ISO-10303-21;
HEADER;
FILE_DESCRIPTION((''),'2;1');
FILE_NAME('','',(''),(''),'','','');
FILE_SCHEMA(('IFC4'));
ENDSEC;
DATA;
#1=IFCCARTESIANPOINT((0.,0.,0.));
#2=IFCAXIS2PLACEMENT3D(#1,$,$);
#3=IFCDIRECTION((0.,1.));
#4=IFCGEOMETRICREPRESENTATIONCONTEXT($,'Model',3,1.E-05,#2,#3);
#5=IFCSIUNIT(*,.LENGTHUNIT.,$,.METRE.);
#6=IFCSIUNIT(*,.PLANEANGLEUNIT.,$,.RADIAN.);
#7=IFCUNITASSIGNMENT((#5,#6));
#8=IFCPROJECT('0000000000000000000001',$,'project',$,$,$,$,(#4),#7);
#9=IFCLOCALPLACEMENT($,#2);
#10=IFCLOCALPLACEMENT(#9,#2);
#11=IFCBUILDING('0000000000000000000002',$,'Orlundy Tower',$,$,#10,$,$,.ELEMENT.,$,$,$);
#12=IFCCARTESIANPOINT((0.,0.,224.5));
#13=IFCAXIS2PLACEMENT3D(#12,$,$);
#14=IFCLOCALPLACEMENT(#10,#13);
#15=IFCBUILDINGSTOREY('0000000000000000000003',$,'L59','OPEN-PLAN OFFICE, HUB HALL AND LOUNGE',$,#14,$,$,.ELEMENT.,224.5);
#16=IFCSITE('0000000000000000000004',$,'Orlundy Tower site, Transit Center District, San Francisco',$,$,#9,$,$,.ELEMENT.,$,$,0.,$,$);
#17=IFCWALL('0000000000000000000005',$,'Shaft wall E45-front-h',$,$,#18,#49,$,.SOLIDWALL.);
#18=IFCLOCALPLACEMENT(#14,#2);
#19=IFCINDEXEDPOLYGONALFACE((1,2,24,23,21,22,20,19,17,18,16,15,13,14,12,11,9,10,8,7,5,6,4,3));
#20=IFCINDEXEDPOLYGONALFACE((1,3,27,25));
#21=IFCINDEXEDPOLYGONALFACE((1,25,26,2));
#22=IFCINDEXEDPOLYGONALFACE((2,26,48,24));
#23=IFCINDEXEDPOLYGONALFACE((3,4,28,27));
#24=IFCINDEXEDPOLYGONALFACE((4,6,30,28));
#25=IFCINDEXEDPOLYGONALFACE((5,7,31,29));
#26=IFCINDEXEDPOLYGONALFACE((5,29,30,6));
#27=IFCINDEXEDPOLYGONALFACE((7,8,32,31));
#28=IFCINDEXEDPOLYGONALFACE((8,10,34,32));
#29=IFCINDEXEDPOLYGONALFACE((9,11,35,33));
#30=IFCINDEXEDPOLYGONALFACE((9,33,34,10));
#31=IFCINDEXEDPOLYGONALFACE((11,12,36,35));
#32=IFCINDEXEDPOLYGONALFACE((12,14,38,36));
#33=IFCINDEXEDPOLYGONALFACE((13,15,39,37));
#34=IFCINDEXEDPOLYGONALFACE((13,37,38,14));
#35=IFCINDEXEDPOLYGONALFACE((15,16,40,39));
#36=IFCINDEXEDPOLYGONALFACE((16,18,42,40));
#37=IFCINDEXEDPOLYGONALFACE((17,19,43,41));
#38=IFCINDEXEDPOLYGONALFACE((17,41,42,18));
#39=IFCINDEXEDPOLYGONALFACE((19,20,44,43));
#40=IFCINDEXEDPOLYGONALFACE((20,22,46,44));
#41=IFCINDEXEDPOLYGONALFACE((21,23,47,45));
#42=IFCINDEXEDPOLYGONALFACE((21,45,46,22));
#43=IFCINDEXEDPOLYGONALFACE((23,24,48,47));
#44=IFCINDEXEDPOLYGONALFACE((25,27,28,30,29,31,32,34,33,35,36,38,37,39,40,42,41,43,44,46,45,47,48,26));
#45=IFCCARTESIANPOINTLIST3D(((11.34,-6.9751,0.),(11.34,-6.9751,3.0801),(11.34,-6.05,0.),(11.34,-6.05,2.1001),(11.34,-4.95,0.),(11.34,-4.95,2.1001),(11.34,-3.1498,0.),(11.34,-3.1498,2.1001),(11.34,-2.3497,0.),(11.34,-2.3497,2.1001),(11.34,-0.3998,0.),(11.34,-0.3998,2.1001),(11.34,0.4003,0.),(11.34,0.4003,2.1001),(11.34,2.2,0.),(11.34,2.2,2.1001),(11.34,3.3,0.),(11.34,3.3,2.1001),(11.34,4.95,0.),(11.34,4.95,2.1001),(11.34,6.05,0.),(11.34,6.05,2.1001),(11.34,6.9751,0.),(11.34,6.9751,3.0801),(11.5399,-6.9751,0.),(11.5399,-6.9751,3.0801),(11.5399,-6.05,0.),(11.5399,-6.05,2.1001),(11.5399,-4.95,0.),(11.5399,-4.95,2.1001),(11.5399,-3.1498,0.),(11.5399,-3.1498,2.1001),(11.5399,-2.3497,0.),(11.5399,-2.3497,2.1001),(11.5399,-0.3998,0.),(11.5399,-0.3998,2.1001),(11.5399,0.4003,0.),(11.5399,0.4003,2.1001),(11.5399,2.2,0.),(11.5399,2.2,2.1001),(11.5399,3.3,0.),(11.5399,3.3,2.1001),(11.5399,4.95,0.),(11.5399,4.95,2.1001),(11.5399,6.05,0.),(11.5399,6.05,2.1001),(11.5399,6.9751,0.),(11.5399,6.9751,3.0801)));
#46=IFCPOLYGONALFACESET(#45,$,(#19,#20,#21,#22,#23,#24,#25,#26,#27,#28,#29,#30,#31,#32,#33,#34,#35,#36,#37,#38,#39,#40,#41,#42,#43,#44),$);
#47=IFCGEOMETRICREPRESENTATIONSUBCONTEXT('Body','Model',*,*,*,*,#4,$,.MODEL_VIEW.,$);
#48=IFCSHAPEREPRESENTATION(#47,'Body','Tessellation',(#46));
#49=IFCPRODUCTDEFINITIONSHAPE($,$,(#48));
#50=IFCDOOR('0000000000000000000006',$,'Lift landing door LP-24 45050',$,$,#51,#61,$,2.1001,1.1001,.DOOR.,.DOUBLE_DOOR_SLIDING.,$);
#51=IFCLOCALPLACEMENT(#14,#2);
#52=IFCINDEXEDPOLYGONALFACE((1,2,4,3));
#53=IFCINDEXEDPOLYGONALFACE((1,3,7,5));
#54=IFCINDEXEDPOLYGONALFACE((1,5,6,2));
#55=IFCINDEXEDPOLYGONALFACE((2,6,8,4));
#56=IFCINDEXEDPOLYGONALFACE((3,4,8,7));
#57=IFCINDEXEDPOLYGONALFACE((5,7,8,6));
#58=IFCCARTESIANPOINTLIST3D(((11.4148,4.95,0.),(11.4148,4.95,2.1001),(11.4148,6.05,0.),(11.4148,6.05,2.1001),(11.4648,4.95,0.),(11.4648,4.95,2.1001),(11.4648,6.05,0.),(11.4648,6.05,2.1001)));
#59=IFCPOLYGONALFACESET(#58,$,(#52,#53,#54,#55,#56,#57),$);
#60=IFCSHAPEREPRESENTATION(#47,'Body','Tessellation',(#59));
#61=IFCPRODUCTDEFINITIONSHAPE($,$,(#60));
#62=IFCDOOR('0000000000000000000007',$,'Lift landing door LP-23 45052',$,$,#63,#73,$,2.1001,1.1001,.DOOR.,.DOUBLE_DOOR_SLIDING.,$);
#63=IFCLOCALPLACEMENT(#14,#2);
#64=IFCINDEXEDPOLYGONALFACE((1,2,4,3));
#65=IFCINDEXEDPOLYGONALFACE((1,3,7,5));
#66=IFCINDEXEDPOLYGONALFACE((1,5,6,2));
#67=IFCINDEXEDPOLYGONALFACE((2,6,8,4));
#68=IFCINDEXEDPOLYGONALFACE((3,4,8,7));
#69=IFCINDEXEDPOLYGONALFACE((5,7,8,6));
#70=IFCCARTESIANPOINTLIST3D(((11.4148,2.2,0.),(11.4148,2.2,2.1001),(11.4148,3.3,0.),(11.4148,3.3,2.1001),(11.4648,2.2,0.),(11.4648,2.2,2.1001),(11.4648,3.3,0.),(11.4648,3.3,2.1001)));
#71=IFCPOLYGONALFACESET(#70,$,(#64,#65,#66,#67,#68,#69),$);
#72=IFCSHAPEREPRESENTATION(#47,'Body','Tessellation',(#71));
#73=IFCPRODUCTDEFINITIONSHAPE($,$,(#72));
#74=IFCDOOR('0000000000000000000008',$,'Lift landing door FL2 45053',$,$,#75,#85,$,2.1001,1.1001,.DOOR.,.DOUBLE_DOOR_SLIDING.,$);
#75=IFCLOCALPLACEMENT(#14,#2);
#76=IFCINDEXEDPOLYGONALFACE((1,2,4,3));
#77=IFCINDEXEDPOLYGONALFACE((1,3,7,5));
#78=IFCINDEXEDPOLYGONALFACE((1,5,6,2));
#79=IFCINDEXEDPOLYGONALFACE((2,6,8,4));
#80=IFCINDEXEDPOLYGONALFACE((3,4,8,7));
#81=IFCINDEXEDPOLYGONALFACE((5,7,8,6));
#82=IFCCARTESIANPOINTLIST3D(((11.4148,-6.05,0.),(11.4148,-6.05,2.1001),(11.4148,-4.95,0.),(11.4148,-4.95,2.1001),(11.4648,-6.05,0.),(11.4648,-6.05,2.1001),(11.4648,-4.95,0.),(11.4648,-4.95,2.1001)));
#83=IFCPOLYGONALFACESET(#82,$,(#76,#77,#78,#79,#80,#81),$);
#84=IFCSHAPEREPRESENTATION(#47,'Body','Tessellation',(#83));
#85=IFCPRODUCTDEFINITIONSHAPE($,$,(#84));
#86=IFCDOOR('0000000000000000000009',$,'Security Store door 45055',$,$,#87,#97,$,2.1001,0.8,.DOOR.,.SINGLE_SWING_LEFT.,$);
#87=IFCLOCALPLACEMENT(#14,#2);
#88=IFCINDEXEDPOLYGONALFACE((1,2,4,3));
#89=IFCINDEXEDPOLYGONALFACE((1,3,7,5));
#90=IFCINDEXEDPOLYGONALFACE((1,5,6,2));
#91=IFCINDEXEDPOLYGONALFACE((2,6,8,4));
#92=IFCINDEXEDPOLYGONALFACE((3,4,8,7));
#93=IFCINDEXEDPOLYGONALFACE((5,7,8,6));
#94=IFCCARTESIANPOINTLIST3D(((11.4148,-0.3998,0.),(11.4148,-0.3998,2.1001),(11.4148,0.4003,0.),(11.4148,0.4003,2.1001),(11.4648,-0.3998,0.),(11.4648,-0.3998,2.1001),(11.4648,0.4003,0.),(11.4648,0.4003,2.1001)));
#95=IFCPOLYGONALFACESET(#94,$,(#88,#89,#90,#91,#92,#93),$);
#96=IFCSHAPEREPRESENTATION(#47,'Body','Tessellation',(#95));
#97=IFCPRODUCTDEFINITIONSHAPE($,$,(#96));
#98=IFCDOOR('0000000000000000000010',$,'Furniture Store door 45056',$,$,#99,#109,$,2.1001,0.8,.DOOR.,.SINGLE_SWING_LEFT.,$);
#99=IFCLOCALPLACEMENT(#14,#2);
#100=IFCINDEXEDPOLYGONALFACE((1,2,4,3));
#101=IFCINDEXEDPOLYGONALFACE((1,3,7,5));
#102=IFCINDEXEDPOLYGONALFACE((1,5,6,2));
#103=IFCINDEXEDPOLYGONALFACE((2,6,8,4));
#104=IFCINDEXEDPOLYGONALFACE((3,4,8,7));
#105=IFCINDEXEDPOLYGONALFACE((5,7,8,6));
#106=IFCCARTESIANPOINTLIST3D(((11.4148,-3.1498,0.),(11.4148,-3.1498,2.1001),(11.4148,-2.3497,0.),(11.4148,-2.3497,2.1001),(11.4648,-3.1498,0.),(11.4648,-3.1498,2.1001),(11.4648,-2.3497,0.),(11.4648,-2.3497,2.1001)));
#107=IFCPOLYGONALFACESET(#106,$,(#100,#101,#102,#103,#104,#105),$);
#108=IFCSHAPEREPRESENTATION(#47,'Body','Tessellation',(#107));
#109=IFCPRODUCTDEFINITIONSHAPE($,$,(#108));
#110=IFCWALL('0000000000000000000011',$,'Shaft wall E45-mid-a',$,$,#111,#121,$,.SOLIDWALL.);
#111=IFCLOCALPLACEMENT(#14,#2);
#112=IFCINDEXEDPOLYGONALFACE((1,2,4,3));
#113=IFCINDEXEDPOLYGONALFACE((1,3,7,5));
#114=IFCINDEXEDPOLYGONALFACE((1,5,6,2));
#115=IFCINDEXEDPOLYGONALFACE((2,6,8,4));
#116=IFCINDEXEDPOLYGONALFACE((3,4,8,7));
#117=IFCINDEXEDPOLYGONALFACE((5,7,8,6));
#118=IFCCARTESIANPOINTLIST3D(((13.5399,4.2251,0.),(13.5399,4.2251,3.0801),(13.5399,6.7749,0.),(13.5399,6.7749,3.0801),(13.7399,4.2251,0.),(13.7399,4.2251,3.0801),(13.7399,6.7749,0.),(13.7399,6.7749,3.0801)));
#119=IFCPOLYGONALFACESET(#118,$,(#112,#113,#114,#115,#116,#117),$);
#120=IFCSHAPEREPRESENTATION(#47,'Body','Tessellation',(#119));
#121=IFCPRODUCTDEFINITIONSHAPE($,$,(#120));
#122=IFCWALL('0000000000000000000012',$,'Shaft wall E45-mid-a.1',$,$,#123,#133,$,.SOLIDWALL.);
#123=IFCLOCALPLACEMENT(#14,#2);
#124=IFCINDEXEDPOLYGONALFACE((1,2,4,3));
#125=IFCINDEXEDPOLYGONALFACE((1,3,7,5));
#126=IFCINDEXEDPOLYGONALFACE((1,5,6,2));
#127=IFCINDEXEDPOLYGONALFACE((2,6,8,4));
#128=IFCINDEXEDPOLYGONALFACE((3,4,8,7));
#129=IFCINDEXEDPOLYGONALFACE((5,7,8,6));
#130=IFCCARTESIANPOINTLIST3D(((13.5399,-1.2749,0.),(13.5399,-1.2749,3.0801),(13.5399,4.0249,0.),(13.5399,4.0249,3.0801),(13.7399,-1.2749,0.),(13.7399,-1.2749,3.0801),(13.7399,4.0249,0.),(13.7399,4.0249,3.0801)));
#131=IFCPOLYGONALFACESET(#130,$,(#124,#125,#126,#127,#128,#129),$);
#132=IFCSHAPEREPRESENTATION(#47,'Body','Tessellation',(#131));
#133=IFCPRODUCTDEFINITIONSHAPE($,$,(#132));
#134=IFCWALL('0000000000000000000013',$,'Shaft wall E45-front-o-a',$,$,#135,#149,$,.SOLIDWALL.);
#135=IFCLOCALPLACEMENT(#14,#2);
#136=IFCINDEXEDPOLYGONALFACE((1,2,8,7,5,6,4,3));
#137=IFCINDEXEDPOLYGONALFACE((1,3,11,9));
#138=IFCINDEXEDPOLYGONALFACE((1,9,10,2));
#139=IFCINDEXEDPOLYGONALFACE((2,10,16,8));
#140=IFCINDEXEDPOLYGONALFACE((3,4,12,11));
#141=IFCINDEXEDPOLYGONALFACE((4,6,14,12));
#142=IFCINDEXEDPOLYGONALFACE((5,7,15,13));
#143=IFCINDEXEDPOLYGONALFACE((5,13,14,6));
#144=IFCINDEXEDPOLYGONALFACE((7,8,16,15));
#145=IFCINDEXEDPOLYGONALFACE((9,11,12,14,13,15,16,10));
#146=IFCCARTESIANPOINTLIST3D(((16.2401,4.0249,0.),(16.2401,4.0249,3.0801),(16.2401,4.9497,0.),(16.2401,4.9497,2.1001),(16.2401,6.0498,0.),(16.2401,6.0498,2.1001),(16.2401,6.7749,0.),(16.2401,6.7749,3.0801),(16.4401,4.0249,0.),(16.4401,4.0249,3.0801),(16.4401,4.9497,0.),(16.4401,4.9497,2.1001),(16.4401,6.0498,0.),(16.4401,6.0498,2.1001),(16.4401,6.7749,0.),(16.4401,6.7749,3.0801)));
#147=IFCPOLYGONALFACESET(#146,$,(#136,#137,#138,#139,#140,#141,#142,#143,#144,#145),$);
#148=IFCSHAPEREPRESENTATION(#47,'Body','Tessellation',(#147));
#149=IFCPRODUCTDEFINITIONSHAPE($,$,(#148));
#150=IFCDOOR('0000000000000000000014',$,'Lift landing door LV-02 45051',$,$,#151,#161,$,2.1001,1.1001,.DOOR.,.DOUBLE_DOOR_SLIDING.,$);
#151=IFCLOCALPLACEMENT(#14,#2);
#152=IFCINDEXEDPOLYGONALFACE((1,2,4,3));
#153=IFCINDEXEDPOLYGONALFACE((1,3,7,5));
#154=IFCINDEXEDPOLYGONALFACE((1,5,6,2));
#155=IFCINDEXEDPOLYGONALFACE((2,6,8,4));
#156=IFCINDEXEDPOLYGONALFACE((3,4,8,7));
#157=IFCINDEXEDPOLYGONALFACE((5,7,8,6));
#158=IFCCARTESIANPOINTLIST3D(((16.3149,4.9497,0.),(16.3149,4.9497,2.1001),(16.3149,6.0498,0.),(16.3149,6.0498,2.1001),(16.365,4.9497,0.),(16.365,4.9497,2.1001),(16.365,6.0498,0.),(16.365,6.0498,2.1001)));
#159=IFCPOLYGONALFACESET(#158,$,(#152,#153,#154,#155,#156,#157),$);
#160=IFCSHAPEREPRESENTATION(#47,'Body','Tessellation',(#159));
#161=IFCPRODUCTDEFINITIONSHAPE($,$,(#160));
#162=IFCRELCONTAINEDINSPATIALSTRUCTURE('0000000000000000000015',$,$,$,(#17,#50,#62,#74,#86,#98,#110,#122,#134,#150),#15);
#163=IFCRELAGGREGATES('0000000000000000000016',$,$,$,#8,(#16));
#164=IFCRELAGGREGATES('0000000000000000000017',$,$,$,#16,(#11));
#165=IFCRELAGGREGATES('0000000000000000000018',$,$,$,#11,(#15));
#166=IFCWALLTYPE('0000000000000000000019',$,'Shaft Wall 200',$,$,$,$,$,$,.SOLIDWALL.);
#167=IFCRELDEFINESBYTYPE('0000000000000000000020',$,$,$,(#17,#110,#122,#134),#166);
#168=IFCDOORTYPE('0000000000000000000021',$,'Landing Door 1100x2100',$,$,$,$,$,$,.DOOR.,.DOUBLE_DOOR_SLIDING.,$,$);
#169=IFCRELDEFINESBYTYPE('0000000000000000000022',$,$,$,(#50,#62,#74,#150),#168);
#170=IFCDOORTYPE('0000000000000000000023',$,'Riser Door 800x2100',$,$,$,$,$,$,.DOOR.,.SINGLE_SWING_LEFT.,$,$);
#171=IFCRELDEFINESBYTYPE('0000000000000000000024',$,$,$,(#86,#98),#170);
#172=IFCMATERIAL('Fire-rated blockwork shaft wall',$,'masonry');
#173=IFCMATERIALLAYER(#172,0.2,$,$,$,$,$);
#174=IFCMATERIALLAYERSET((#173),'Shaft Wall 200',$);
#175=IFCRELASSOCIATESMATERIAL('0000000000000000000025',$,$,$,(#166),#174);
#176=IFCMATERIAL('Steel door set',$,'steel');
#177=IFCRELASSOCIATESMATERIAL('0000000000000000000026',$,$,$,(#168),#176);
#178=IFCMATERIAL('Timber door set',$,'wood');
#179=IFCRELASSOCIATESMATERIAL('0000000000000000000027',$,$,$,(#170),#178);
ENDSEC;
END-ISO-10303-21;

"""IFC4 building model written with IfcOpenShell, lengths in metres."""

from ifc_helpers import new_model, si_unit, direction, frame, frame_2d, origin, place, context, subcontext, project, spatial, rectangle, extrude, material, layer, layer_set, type_object, element, fill, save


model = new_model("IFC4")

# Units and contexts
model_context = context("Model", 3, precision=1e-05, world=origin(), true_north=direction((0.0, 1.0)))
body_context = subcontext(model_context, "Body", "Model", "MODEL_VIEW")
ifc_project = project(units=[si_unit("LENGTHUNIT", "METRE"), si_unit("PLANEANGLEUNIT", "RADIAN")], contexts=[model_context])

# Site, building, storey
site_placement = place(None, origin())
site = spatial("IfcSite", under=ifc_project, at=site_placement, Name="Orlundy Tower site, Transit Center District, San Francisco", CompositionType="ELEMENT", RefElevation=0.0)
building_placement = place(site_placement, origin())
building = spatial("IfcBuilding", under=site, at=building_placement, Name="Orlundy Tower", CompositionType="ELEMENT")
storey_placement = place(building_placement, frame((0.0, 0.0, 224.5)))
storey = spatial("IfcBuildingStorey", under=building, at=storey_placement, Name="L59", Description="OPEN-PLAN OFFICE, HUB HALL AND LOUNGE", CompositionType="ELEMENT", Elevation=224.5)

# Shared definitions
ifc_material_1 = material(Name="Fire-rated blockwork shaft wall", Category="masonry")
ifc_layer_1 = layer(ifc_material_1, 0.2)
ifc_layer_set_1 = layer_set([ifc_layer_1], Name="Shaft Wall 200")
wall_type_1 = type_object("IfcWallType", Name="Shaft Wall 200", PredefinedType="SOLIDWALL", material=ifc_layer_set_1)

# Wall, openings, doors
wall_1_placement = place(storey_placement, frame((11.4399, 6.9751, 0.0), z_axis=(0.0, 0.0, 1.0), x_axis=(0.0, -1.0, 0.0)))
wall_1 = element("IfcWall", 1, at=wall_1_placement, inside=storey, type_object=wall_type_1, Name="Shaft wall E45-front-h", PredefinedType="SOLIDWALL", context=body_context, shape_type="SweptSolid", body=[
    extrude(rectangle(XDim=13.9502, YDim=0.2, at=frame_2d((6.9751, 0.0))), origin(), (0.0, 0.0, 1.0), 3.0801),
])
opening_1_placement = place(wall_1_placement, frame((0.925, 0.0, 0.0)))
opening_1 = element("IfcOpeningElement", 2, at=opening_1_placement, cuts=wall_1, PredefinedType="OPENING", context=body_context, shape_type="SweptSolid", body=[
    extrude(rectangle(XDim=1.1001, YDim=2.1001, at=frame_2d((0.55, 1.05))), frame((0.0, 0.1101, 0.0), z_axis=(0.0, -1.0, 0.0), x_axis=(1.0, 0.0, 0.0)), (0.0, 0.0, 1.0), 0.2202),
])
opening_2_placement = place(wall_1_placement, frame((3.675, 0.0, 0.0)))
opening_2 = element("IfcOpeningElement", 3, at=opening_2_placement, cuts=wall_1, PredefinedType="OPENING", context=body_context, shape_type="SweptSolid", body=[
    extrude(rectangle(XDim=1.1001, YDim=2.1001, at=frame_2d((0.55, 1.05))), frame((0.0, 0.1101, 0.0), z_axis=(0.0, -1.0, 0.0), x_axis=(1.0, 0.0, 0.0)), (0.0, 0.0, 1.0), 0.2202),
])
opening_3_placement = place(wall_1_placement, frame((11.925, 0.0, 0.0)))
opening_3 = element("IfcOpeningElement", 4, at=opening_3_placement, cuts=wall_1, PredefinedType="OPENING", context=body_context, shape_type="SweptSolid", body=[
    extrude(rectangle(XDim=1.1001, YDim=2.1001, at=frame_2d((0.55, 1.05))), frame((0.0, 0.1101, 0.0), z_axis=(0.0, -1.0, 0.0), x_axis=(1.0, 0.0, 0.0)), (0.0, 0.0, 1.0), 0.2202),
])
opening_4_placement = place(wall_1_placement, frame((6.575, 0.0, 0.0)))
opening_4 = element("IfcOpeningElement", 5, at=opening_4_placement, cuts=wall_1, PredefinedType="OPENING", context=body_context, shape_type="SweptSolid", body=[
    extrude(rectangle(XDim=0.8, YDim=2.1001, at=frame_2d((0.3999, 1.05))), frame((0.0, 0.1101, 0.0), z_axis=(0.0, -1.0, 0.0), x_axis=(1.0, 0.0, 0.0)), (0.0, 0.0, 1.0), 0.2202),
])
opening_5_placement = place(wall_1_placement, frame((9.325, 0.0, 0.0)))
opening_5 = element("IfcOpeningElement", 6, at=opening_5_placement, cuts=wall_1, PredefinedType="OPENING", context=body_context, shape_type="SweptSolid", body=[
    extrude(rectangle(XDim=0.8, YDim=2.1001, at=frame_2d((0.3999, 1.05))), frame((0.0, 0.1101, 0.0), z_axis=(0.0, -1.0, 0.0), x_axis=(1.0, 0.0, 0.0)), (0.0, 0.0, 1.0), 0.2202),
])
ifc_material_2 = material(Name="Steel door set", Category="steel")
door_type_1 = type_object("IfcDoorType", Name="Landing Door 1100x2100", OperationType="DOUBLE_DOOR_SLIDING", PredefinedType="DOOR", material=ifc_material_2)
door_1_placement = place(opening_1_placement, origin())
door_1 = element("IfcDoor", 7, at=door_1_placement, inside=storey, type_object=door_type_1, Name="Lift landing door LP-24 45050", OperationType="DOUBLE_DOOR_SLIDING", OverallHeight=2.1001, OverallWidth=1.1001, PredefinedType="DOOR", context=body_context, shape_type="SweptSolid", body=[
    extrude(rectangle(XDim=1.1001, YDim=2.1001, at=frame_2d((0.55, 1.05))), frame((0.0, 0.0249, 0.0), z_axis=(0.0, -1.0, 0.0), x_axis=(1.0, 0.0, 0.0)), (0.0, 0.0, 1.0), 0.05),
])
fill(opening_1, door_1)
door_2_placement = place(opening_2_placement, origin())
door_2 = element("IfcDoor", 8, at=door_2_placement, inside=storey, type_object=door_type_1, Name="Lift landing door LP-23 45052", OperationType="DOUBLE_DOOR_SLIDING", OverallHeight=2.1001, OverallWidth=1.1001, PredefinedType="DOOR", context=body_context, shape_type="SweptSolid", body=[
    extrude(rectangle(XDim=1.1001, YDim=2.1001, at=frame_2d((0.55, 1.05))), frame((0.0, 0.0249, 0.0), z_axis=(0.0, -1.0, 0.0), x_axis=(1.0, 0.0, 0.0)), (0.0, 0.0, 1.0), 0.05),
])
fill(opening_2, door_2)
door_3_placement = place(opening_3_placement, origin())
door_3 = element("IfcDoor", 9, at=door_3_placement, inside=storey, type_object=door_type_1, Name="Lift landing door FL2 45053", OperationType="DOUBLE_DOOR_SLIDING", OverallHeight=2.1001, OverallWidth=1.1001, PredefinedType="DOOR", context=body_context, shape_type="SweptSolid", body=[
    extrude(rectangle(XDim=1.1001, YDim=2.1001, at=frame_2d((0.55, 1.05))), frame((0.0, 0.0249, 0.0), z_axis=(0.0, -1.0, 0.0), x_axis=(1.0, 0.0, 0.0)), (0.0, 0.0, 1.0), 0.05),
])
fill(opening_3, door_3)
ifc_material_3 = material(Name="Timber door set", Category="wood")
door_type_2 = type_object("IfcDoorType", Name="Riser Door 800x2100", OperationType="SINGLE_SWING_LEFT", PredefinedType="DOOR", material=ifc_material_3)
door_4_placement = place(opening_4_placement, origin())
door_4 = element("IfcDoor", 10, at=door_4_placement, inside=storey, type_object=door_type_2, Name="Security Store door 45055", OperationType="SINGLE_SWING_LEFT", OverallHeight=2.1001, OverallWidth=0.8, PredefinedType="DOOR", context=body_context, shape_type="SweptSolid", body=[
    extrude(rectangle(XDim=0.8, YDim=2.1001, at=frame_2d((0.3999, 1.05))), frame((0.0, 0.0249, 0.0), z_axis=(0.0, -1.0, 0.0), x_axis=(1.0, 0.0, 0.0)), (0.0, 0.0, 1.0), 0.05),
])
fill(opening_4, door_4)
door_5_placement = place(opening_5_placement, origin())
door_5 = element("IfcDoor", 11, at=door_5_placement, inside=storey, type_object=door_type_2, Name="Furniture Store door 45056", OperationType="SINGLE_SWING_LEFT", OverallHeight=2.1001, OverallWidth=0.8, PredefinedType="DOOR", context=body_context, shape_type="SweptSolid", body=[
    extrude(rectangle(XDim=0.8, YDim=2.1001, at=frame_2d((0.3999, 1.05))), frame((0.0, 0.0249, 0.0), z_axis=(0.0, -1.0, 0.0), x_axis=(1.0, 0.0, 0.0)), (0.0, 0.0, 1.0), 0.05),
])
fill(opening_5, door_5)

# Walls
wall_2_placement = place(storey_placement, frame((13.6399, 6.7749, 0.0), z_axis=(0.0, 0.0, 1.0), x_axis=(0.0, -1.0, 0.0)))
element("IfcWall", 12, at=wall_2_placement, inside=storey, type_object=wall_type_1, Name="Shaft wall E45-mid-a", PredefinedType="SOLIDWALL", context=body_context, shape_type="SweptSolid", body=[
    extrude(rectangle(XDim=2.5498, YDim=0.2, at=frame_2d((1.2749, 0.0))), origin(), (0.0, 0.0, 1.0), 3.0801),
])
wall_3_placement = place(storey_placement, frame((13.6399, 4.0249, 0.0), z_axis=(0.0, 0.0, 1.0), x_axis=(0.0, -1.0, 0.0)))
element("IfcWall", 13, at=wall_3_placement, inside=storey, type_object=wall_type_1, Name="Shaft wall E45-mid-a.1", PredefinedType="SOLIDWALL", context=body_context, shape_type="SweptSolid", body=[
    extrude(rectangle(XDim=5.2998, YDim=0.2, at=frame_2d((2.6499, 0.0))), origin(), (0.0, 0.0, 1.0), 3.0801),
])

# Wall, opening, door
wall_4_placement = place(storey_placement, frame((16.3401, 6.7749, 0.0), z_axis=(0.0, 0.0, 1.0), x_axis=(0.0, -1.0, 0.0)))
wall_4 = element("IfcWall", 14, at=wall_4_placement, inside=storey, type_object=wall_type_1, Name="Shaft wall E45-front-o-a", PredefinedType="SOLIDWALL", context=body_context, shape_type="SweptSolid", body=[
    extrude(rectangle(XDim=2.75, YDim=0.2, at=frame_2d((1.375, 0.0))), origin(), (0.0, 0.0, 1.0), 3.0801),
])
opening_6_placement = place(wall_4_placement, frame((0.7251, 0.0, 0.0)))
opening_6 = element("IfcOpeningElement", 15, at=opening_6_placement, cuts=wall_4, PredefinedType="OPENING", context=body_context, shape_type="SweptSolid", body=[
    extrude(rectangle(XDim=1.1001, YDim=2.1001, at=frame_2d((0.55, 1.05))), frame((0.0, 0.1101, 0.0), z_axis=(0.0, -1.0, 0.0), x_axis=(1.0, 0.0, 0.0)), (0.0, 0.0, 1.0), 0.2202),
])
door_6_placement = place(opening_6_placement, origin())
door_6 = element("IfcDoor", 16, at=door_6_placement, inside=storey, type_object=door_type_1, Name="Lift landing door LV-02 45051", OperationType="DOUBLE_DOOR_SLIDING", OverallHeight=2.1001, OverallWidth=1.1001, PredefinedType="DOOR", context=body_context, shape_type="SweptSolid", body=[
    extrude(rectangle(XDim=1.1001, YDim=2.1001, at=frame_2d((0.55, 1.05))), frame((0.0, 0.0249, 0.0), z_axis=(0.0, -1.0, 0.0), x_axis=(1.0, 0.0, 0.0)), (0.0, 0.0, 1.0), 0.05),
])
fill(opening_6, door_6)

save(model, "model.ifc")
